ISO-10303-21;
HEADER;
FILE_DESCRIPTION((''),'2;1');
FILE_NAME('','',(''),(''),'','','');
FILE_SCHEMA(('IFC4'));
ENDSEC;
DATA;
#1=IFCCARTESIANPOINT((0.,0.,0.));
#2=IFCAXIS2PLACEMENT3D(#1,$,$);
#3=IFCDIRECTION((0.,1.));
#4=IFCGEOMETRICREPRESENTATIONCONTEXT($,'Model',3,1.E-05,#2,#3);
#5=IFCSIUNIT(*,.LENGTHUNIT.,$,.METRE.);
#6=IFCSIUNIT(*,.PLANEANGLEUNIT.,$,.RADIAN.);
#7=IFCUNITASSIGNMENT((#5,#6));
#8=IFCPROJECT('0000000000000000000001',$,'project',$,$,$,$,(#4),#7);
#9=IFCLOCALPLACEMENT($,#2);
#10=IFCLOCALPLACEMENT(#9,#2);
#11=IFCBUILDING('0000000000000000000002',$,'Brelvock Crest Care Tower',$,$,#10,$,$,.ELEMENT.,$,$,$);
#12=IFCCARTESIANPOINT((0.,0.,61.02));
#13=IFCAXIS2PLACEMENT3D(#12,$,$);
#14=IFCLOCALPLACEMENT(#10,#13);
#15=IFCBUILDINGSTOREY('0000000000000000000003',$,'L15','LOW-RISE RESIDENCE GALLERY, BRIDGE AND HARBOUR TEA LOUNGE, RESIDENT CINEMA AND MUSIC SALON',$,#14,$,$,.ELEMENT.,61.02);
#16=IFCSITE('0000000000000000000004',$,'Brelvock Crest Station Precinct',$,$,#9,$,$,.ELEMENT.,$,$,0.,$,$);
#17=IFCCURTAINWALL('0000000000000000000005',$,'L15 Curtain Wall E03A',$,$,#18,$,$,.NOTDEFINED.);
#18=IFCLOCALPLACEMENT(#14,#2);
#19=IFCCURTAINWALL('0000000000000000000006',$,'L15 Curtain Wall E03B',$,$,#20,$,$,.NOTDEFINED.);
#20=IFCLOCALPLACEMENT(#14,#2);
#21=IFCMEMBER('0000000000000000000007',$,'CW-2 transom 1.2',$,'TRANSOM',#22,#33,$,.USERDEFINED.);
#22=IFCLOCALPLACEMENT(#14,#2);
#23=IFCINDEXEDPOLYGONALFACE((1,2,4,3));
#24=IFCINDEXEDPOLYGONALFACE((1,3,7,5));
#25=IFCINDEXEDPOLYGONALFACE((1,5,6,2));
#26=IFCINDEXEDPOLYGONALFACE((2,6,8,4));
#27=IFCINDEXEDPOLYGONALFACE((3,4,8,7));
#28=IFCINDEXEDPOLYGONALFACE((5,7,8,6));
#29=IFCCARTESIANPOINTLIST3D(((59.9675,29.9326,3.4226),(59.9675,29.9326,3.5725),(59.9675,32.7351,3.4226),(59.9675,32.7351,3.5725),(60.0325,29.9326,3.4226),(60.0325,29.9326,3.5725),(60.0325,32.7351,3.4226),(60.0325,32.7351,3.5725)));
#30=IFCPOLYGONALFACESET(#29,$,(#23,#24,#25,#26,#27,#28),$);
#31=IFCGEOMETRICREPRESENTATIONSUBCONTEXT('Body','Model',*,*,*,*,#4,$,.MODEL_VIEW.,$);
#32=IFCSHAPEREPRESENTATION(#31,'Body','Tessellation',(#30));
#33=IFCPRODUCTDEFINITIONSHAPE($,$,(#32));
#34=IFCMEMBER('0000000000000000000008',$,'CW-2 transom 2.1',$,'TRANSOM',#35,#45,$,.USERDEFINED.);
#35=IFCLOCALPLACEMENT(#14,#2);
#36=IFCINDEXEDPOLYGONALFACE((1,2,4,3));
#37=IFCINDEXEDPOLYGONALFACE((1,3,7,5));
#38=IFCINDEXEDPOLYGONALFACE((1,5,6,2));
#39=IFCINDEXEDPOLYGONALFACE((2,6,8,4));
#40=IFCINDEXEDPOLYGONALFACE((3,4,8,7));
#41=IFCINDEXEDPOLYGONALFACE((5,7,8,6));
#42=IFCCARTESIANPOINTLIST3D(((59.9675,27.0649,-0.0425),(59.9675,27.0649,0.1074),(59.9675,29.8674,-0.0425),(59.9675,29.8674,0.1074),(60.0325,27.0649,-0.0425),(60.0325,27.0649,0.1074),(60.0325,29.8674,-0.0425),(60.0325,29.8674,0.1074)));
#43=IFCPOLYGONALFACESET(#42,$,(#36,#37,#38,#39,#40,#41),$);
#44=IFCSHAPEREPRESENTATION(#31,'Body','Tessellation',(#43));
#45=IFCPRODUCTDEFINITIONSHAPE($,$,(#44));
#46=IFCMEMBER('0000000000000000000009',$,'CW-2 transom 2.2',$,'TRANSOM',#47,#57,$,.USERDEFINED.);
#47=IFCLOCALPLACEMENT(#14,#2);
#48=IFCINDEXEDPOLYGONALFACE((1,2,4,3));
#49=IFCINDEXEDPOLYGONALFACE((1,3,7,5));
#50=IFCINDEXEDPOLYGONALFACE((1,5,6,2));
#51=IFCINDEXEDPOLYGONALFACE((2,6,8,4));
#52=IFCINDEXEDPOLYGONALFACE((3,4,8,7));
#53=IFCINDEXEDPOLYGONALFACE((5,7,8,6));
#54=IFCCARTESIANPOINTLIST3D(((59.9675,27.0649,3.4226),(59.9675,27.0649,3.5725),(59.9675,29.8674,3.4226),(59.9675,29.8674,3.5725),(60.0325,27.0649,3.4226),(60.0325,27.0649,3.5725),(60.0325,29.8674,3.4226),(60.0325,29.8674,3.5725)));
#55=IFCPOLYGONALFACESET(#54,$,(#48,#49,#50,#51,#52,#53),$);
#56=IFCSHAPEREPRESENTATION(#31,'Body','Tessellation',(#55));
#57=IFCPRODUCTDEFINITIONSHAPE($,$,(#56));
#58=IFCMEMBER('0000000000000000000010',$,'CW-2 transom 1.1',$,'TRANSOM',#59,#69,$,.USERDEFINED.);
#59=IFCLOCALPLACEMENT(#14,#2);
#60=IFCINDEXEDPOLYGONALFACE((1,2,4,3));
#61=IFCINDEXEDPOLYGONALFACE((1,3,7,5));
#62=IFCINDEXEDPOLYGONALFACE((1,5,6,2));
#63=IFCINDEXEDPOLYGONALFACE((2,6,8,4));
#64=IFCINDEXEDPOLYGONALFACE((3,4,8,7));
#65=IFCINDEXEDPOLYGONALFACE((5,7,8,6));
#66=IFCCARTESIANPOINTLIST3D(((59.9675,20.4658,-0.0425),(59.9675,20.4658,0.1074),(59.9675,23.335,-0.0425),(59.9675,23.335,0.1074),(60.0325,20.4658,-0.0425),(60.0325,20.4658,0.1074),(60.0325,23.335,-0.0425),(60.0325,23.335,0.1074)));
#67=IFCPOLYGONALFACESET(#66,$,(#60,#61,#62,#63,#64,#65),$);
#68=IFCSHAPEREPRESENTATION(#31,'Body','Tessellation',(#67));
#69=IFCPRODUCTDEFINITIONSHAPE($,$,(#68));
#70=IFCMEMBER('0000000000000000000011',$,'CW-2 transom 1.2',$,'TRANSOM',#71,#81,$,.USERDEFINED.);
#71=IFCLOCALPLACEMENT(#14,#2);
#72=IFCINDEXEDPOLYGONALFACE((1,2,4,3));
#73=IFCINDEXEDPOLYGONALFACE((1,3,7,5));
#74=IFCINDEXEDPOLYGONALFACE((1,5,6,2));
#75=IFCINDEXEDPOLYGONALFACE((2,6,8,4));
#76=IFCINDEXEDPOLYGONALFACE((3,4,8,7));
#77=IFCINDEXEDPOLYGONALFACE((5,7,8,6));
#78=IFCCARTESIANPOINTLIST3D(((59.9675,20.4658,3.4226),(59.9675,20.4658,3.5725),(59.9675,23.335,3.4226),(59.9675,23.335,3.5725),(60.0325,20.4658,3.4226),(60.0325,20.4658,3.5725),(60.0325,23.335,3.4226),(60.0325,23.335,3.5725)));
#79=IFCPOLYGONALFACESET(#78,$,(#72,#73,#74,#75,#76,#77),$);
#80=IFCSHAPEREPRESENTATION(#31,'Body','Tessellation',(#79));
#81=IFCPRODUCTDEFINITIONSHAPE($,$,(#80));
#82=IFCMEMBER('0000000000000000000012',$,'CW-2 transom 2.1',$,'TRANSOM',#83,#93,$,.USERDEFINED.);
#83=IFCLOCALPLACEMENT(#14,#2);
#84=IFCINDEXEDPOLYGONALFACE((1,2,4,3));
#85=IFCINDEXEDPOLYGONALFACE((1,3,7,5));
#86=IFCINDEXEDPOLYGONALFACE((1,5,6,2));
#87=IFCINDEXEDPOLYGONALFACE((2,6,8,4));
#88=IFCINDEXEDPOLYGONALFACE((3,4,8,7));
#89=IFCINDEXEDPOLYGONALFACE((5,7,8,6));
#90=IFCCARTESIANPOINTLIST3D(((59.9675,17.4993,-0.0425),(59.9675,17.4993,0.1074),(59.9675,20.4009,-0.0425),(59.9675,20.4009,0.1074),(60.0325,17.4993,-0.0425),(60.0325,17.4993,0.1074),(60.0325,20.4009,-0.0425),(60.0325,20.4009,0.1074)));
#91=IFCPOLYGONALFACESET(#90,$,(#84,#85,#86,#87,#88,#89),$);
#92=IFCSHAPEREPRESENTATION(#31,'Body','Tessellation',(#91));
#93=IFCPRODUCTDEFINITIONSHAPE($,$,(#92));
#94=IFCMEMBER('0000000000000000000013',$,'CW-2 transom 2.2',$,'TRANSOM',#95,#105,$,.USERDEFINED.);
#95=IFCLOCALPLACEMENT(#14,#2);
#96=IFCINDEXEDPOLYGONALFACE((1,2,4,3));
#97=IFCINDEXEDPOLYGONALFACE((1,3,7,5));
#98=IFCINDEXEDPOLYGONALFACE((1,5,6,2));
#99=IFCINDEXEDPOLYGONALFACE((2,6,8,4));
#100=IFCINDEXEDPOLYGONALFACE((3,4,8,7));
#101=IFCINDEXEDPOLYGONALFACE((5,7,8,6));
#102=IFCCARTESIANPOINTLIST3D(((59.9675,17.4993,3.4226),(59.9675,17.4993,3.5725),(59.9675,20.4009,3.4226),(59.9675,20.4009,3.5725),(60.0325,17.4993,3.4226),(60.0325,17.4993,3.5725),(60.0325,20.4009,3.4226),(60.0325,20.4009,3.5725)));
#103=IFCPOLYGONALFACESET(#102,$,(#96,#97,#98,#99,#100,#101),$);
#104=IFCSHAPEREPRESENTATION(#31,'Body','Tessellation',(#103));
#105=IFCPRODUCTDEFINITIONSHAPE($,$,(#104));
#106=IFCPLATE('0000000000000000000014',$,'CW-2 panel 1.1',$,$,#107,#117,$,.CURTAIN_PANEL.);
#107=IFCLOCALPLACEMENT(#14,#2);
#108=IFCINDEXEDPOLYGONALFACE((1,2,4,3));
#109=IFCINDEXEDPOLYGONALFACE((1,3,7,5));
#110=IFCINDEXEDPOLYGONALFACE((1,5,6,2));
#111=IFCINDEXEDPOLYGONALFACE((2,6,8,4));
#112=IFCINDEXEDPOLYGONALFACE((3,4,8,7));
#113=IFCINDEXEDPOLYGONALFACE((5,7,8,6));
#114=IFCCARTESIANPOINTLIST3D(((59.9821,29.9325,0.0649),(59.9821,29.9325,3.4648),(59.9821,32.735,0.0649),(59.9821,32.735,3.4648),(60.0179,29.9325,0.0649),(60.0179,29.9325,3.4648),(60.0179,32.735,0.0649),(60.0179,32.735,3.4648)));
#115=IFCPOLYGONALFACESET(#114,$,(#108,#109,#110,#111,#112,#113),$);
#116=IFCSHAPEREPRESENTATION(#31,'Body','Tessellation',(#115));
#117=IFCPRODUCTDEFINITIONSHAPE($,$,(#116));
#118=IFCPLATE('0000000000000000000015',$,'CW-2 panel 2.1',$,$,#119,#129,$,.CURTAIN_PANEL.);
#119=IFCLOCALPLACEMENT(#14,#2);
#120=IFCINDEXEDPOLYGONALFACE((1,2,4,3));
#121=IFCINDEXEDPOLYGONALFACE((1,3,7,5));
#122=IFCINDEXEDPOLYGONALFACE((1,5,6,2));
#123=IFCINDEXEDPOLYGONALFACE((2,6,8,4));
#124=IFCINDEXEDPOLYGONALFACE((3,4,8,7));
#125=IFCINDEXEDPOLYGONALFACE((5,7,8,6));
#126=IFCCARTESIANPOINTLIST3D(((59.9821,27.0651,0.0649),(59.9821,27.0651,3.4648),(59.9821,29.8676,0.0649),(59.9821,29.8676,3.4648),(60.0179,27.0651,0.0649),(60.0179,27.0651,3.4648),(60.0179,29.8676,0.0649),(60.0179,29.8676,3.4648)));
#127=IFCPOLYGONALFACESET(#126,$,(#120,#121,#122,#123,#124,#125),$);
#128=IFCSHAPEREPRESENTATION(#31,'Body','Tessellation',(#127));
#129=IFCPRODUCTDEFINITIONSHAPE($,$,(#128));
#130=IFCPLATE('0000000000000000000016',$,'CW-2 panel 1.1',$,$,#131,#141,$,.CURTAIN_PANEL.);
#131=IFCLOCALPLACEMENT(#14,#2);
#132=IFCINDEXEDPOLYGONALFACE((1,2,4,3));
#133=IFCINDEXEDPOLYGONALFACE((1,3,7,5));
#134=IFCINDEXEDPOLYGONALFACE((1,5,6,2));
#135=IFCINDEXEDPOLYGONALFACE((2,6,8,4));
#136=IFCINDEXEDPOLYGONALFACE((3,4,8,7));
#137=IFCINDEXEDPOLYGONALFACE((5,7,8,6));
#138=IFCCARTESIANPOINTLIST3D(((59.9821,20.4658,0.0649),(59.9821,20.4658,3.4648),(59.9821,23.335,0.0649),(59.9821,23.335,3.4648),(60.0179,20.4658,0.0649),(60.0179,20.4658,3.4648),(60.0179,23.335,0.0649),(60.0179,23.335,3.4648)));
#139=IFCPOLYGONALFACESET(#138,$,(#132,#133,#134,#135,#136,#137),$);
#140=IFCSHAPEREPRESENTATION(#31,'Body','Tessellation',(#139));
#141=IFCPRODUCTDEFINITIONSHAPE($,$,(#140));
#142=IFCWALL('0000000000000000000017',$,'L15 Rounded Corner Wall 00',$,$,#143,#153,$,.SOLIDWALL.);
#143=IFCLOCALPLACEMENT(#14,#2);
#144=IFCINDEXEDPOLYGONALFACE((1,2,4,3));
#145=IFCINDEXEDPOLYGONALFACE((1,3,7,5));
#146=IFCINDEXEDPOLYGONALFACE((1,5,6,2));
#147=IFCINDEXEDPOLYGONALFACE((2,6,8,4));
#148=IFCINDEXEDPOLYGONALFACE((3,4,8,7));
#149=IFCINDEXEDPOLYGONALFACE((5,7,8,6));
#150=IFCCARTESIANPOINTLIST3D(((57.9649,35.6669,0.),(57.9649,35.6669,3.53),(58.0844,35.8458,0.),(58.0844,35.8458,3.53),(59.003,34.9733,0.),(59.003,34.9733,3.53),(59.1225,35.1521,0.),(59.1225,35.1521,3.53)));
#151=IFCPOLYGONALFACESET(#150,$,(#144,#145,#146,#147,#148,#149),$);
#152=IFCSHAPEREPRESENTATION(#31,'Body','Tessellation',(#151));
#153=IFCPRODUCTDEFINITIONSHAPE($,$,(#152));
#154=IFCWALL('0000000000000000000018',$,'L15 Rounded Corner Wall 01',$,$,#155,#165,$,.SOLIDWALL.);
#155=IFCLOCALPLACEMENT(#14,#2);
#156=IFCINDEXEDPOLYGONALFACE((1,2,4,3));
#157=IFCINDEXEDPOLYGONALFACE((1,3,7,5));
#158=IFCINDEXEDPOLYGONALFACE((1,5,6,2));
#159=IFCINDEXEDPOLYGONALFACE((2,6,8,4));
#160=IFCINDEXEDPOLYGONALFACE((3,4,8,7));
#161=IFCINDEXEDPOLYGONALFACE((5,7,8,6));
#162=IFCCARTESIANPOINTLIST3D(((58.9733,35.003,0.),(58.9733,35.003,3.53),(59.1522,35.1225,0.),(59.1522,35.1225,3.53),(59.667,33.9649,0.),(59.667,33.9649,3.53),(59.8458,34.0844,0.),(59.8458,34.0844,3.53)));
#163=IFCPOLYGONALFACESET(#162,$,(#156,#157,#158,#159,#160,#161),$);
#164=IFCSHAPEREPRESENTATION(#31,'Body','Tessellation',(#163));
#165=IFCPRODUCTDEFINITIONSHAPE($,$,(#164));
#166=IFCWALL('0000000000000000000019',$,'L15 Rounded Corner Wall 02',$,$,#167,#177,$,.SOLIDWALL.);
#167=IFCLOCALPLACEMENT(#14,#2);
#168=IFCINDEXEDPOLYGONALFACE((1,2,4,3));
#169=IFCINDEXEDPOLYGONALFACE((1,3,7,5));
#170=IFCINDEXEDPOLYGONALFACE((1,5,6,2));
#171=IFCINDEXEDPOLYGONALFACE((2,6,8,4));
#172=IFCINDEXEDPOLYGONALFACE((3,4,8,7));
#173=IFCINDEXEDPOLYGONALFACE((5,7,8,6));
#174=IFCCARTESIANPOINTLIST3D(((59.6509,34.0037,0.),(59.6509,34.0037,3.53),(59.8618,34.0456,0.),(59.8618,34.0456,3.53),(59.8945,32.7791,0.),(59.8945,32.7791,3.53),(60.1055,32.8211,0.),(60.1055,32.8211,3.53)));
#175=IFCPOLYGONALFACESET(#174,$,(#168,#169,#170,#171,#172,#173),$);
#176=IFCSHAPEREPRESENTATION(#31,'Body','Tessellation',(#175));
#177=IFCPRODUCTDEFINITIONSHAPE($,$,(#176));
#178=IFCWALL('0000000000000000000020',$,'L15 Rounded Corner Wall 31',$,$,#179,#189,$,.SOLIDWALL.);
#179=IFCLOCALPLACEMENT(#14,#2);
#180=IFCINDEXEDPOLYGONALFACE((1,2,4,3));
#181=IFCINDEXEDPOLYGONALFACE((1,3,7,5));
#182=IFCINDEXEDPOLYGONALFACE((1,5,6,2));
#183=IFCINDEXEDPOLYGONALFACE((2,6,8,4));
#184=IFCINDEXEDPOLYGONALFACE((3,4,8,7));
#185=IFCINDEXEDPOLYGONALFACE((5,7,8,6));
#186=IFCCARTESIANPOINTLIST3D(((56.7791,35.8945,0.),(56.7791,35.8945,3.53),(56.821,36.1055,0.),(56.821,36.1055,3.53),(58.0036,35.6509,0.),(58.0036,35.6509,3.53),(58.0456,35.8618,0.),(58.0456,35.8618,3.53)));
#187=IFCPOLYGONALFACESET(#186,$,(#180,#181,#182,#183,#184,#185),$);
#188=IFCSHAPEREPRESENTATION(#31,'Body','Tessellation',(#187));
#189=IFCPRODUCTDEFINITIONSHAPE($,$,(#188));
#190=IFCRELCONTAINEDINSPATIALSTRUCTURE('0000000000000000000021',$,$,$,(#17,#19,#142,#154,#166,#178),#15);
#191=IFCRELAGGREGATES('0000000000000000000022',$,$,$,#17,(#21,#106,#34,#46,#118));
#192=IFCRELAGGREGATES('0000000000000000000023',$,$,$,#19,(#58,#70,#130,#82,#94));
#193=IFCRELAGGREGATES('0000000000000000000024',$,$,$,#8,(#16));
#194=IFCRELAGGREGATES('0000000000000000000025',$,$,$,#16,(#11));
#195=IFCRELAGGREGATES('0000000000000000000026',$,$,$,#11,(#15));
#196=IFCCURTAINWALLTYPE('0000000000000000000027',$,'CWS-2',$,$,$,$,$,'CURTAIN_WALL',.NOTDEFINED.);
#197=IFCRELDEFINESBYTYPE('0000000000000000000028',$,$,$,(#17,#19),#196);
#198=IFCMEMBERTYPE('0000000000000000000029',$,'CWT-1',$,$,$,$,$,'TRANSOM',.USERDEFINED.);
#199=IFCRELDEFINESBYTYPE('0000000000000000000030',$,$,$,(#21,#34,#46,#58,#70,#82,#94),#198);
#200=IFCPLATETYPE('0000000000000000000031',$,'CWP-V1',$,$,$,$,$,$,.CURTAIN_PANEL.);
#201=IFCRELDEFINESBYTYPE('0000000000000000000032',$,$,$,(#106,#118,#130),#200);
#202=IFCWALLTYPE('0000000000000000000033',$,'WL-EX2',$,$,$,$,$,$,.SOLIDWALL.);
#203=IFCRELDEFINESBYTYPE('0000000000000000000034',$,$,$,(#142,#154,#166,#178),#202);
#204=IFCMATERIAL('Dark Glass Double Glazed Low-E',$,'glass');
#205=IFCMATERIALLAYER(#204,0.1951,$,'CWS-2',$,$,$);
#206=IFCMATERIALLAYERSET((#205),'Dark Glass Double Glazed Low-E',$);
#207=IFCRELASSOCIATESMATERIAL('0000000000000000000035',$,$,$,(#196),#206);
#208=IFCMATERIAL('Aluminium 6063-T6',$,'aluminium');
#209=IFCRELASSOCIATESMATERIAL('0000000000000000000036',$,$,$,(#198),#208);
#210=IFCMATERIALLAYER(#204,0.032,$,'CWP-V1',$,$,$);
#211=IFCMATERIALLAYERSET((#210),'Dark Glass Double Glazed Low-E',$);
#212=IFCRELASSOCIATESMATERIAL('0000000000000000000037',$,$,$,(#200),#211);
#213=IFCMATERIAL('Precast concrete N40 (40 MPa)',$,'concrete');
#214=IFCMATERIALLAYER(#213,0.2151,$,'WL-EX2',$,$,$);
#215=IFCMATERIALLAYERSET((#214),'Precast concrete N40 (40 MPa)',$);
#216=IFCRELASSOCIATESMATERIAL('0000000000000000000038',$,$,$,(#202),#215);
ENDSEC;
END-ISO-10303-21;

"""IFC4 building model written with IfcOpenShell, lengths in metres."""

from ifc_helpers import new_model, si_unit, direction, frame, frame_2d, origin, origin_2d, place, context, subcontext, project, spatial, rectangle, extrude, source, transform, mapped, material, layer, layer_set, material_profile, profile_set, type_object, element, aggregate, save


model = new_model("IFC4")

# Units and contexts
model_context = context("Model", 3, precision=1e-05, world=origin(), true_north=direction((0.0, 1.0)))
body_context = subcontext(model_context, "Body", "Model", "MODEL_VIEW")
ifc_project = project(units=[si_unit("LENGTHUNIT", "METRE"), si_unit("PLANEANGLEUNIT", "RADIAN")], contexts=[model_context])

# Site, building, storey
site_placement = place(None, origin())
site = spatial("IfcSite", under=ifc_project, at=site_placement, Name="Brelvock Crest Station Precinct", CompositionType="ELEMENT", RefElevation=0.0)
building_placement = place(site_placement, origin())
building = spatial("IfcBuilding", under=site, at=building_placement, Name="Brelvock Crest Care Tower", CompositionType="ELEMENT")
storey_placement = place(building_placement, frame((0.0, 0.0, 61.02)))
storey = spatial("IfcBuildingStorey", under=building, at=storey_placement, Name="L15", Description="LOW-RISE RESIDENCE GALLERY, BRIDGE AND HARBOUR TEA LOUNGE, RESIDENT CINEMA AND MUSIC SALON", CompositionType="ELEMENT", Elevation=61.02)

# Curtain walls
ifc_material_1 = material(Name="Dark Glass Double Glazed Low-E", Category="glass")
ifc_layer_1 = layer(ifc_material_1, 0.1951, Name="CWS-2")
ifc_layer_set_1 = layer_set([ifc_layer_1], Name="Dark Glass Double Glazed Low-E")
curtain_wall_type = type_object("IfcCurtainWallType", Name="CWS-2", ElementType="CURTAIN_WALL", PredefinedType="NOTDEFINED", material=ifc_layer_set_1)
curtain_wall_1_placement = place(storey_placement, origin())
curtain_wall_1 = element("IfcCurtainWall", 1, at=curtain_wall_1_placement, inside=storey, type_object=curtain_wall_type, Name="L15 Curtain Wall E03A", PredefinedType="NOTDEFINED")
ifc_material_2 = material(Name="Aluminium 6063-T6", Category="aluminium")
curtain_wall_2_placement = place(storey_placement, origin())
curtain_wall_2 = element("IfcCurtainWall", 2, at=curtain_wall_2_placement, inside=storey, type_object=curtain_wall_type, Name="L15 Curtain Wall E03B", PredefinedType="NOTDEFINED")

# Members
ifc_material_profile_1 = material_profile(ifc_material_2, rectangle(XDim=0.0649, YDim=0.1499, at=origin_2d()), Name="ALU65x150")
ifc_profile_set_1 = profile_set([ifc_material_profile_1], Name="Aluminium 6063-T6")
member_type_1 = type_object("IfcMemberType", Name="CWT-1", ElementType="TRANSOM", PredefinedType="USERDEFINED", material=ifc_profile_set_1)
shared_shape_1 = source(origin(), body_context, "Body", "SweptSolid", [
    extrude(rectangle(XDim=0.0649, YDim=0.1499, at=origin_2d()), origin(), (0.0, 0.0, 1.0), 2.8025),
])
member_1_placement = place(storey_placement, frame((60.0, 32.7351, 3.4976), z_axis=(0.0, -1.0, 0.0), x_axis=(1.0, 0.0, 0.0)))
member_1 = element("IfcMember", 3, at=member_1_placement, type_object=member_type_1, Name="CW-2 transom 1.2", ObjectType="TRANSOM", PredefinedType="USERDEFINED", context=body_context, shape_type="MappedRepresentation", body=[
    mapped(shared_shape_1, transform((0.0, 0.0, 0.0), x_axis=(1.0, 0.0, 0.0), y_axis=(0.0, 1.0, 0.0), z_axis=(0.0, 0.0, 1.0), scale=1.0)),
])
member_2_placement = place(storey_placement, frame((60.0, 29.8674, 0.0325), z_axis=(0.0, -1.0, 0.0), x_axis=(1.0, 0.0, 0.0)))
member_2 = element("IfcMember", 4, at=member_2_placement, type_object=member_type_1, Name="CW-2 transom 2.1", ObjectType="TRANSOM", PredefinedType="USERDEFINED", context=body_context, shape_type="MappedRepresentation", body=[
    mapped(shared_shape_1, transform((0.0, 0.0, 0.0), x_axis=(1.0, 0.0, 0.0), y_axis=(0.0, 1.0, 0.0), z_axis=(0.0, 0.0, 1.0), scale=1.0)),
])
member_3_placement = place(storey_placement, frame((60.0, 29.8674, 3.4976), z_axis=(0.0, -1.0, 0.0), x_axis=(1.0, 0.0, 0.0)))
member_3 = element("IfcMember", 5, at=member_3_placement, type_object=member_type_1, Name="CW-2 transom 2.2", ObjectType="TRANSOM", PredefinedType="USERDEFINED", context=body_context, shape_type="MappedRepresentation", body=[
    mapped(shared_shape_1, transform((0.0, 0.0, 0.0), x_axis=(1.0, 0.0, 0.0), y_axis=(0.0, 1.0, 0.0), z_axis=(0.0, 0.0, 1.0), scale=1.0)),
])
shared_shape_2 = source(origin(), body_context, "Body", "SweptSolid", [
    extrude(rectangle(XDim=0.0649, YDim=0.1499, at=origin_2d()), origin(), (0.0, 0.0, 1.0), 2.8691),
])
member_4_placement = place(storey_placement, frame((60.0, 23.335, 0.0325), z_axis=(0.0, -1.0, 0.0), x_axis=(1.0, 0.0, 0.0)))
member_4 = element("IfcMember", 6, at=member_4_placement, type_object=member_type_1, Name="CW-2 transom 1.1", ObjectType="TRANSOM", PredefinedType="USERDEFINED", context=body_context, shape_type="MappedRepresentation", body=[
    mapped(shared_shape_2, transform((0.0, 0.0, 0.0), x_axis=(1.0, 0.0, 0.0), y_axis=(0.0, 1.0, 0.0), z_axis=(0.0, 0.0, 1.0), scale=1.0)),
])
member_5_placement = place(storey_placement, frame((60.0, 23.335, 3.4976), z_axis=(0.0, -1.0, 0.0), x_axis=(1.0, 0.0, 0.0)))
member_5 = element("IfcMember", 7, at=member_5_placement, type_object=member_type_1, Name="CW-2 transom 1.2", ObjectType="TRANSOM", PredefinedType="USERDEFINED", context=body_context, shape_type="MappedRepresentation", body=[
    mapped(shared_shape_2, transform((0.0, 0.0, 0.0), x_axis=(1.0, 0.0, 0.0), y_axis=(0.0, 1.0, 0.0), z_axis=(0.0, 0.0, 1.0), scale=1.0)),
])
shared_shape_3 = source(origin(), body_context, "Body", "SweptSolid", [
    extrude(rectangle(XDim=0.0649, YDim=0.1499, at=origin_2d()), origin(), (0.0, 0.0, 1.0), 2.9016),
])
member_6_placement = place(storey_placement, frame((60.0, 20.4009, 0.0325), z_axis=(0.0, -1.0, 0.0), x_axis=(1.0, 0.0, 0.0)))
member_6 = element("IfcMember", 8, at=member_6_placement, type_object=member_type_1, Name="CW-2 transom 2.1", ObjectType="TRANSOM", PredefinedType="USERDEFINED", context=body_context, shape_type="MappedRepresentation", body=[
    mapped(shared_shape_3, transform((0.0, 0.0, 0.0), x_axis=(1.0, 0.0, 0.0), y_axis=(0.0, 1.0, 0.0), z_axis=(0.0, 0.0, 1.0), scale=1.0)),
])
member_7_placement = place(storey_placement, frame((60.0, 20.4009, 3.4976), z_axis=(0.0, -1.0, 0.0), x_axis=(1.0, 0.0, 0.0)))
member_7 = element("IfcMember", 9, at=member_7_placement, type_object=member_type_1, Name="CW-2 transom 2.2", ObjectType="TRANSOM", PredefinedType="USERDEFINED", context=body_context, shape_type="MappedRepresentation", body=[
    mapped(shared_shape_3, transform((0.0, 0.0, 0.0), x_axis=(1.0, 0.0, 0.0), y_axis=(0.0, 1.0, 0.0), z_axis=(0.0, 0.0, 1.0), scale=1.0)),
])

# Plates
ifc_layer_2 = layer(ifc_material_1, 0.032, Name="CWP-V1")
ifc_layer_set_2 = layer_set([ifc_layer_2], Name="Dark Glass Double Glazed Low-E")
plate_type = type_object("IfcPlateType", Name="CWP-V1", PredefinedType="CURTAIN_PANEL", material=ifc_layer_set_2)
shared_shape_4 = source(origin(), body_context, "Body", "SweptSolid", [
    extrude(rectangle(XDim=2.8025, YDim=0.0359, at=origin_2d()), origin(), (0.0, 0.0, 1.0), 3.3999),
])
plate_1_placement = place(storey_placement, frame((60.0, 31.3337, 0.0649), z_axis=(0.0, 0.0, 1.0), x_axis=(0.0, -1.0, 0.0)))
plate_1 = element("IfcPlate", 10, at=plate_1_placement, type_object=plate_type, Name="CW-2 panel 1.1", PredefinedType="CURTAIN_PANEL", context=body_context, shape_type="MappedRepresentation", body=[
    mapped(shared_shape_4, transform((0.0, 0.0, 0.0), x_axis=(1.0, 0.0, 0.0), y_axis=(0.0, 1.0, 0.0), z_axis=(0.0, 0.0, 1.0), scale=1.0)),
])
plate_2_placement = place(storey_placement, frame((60.0, 28.4663, 0.0649), z_axis=(0.0, 0.0, 1.0), x_axis=(0.0, -1.0, 0.0)))
plate_2 = element("IfcPlate", 11, at=plate_2_placement, type_object=plate_type, Name="CW-2 panel 2.1", PredefinedType="CURTAIN_PANEL", context=body_context, shape_type="MappedRepresentation", body=[
    mapped(shared_shape_4, transform((0.0, 0.0, 0.0), x_axis=(1.0, 0.0, 0.0), y_axis=(0.0, 1.0, 0.0), z_axis=(0.0, 0.0, 1.0), scale=1.0)),
])
aggregate(curtain_wall_1, [member_1, plate_1, member_2, member_3, plate_2])
shared_shape_5 = source(origin(), body_context, "Body", "SweptSolid", [
    extrude(rectangle(XDim=2.8691, YDim=0.0359, at=origin_2d()), origin(), (0.0, 0.0, 1.0), 3.3999),
])
plate_3_placement = place(storey_placement, frame((60.0, 21.9004, 0.0649), z_axis=(0.0, 0.0, 1.0), x_axis=(0.0, -1.0, 0.0)))
plate_3 = element("IfcPlate", 12, at=plate_3_placement, type_object=plate_type, Name="CW-2 panel 1.1", PredefinedType="CURTAIN_PANEL", context=body_context, shape_type="MappedRepresentation", body=[
    mapped(shared_shape_5, transform((0.0, 0.0, 0.0), x_axis=(1.0, 0.0, 0.0), y_axis=(0.0, 1.0, 0.0), z_axis=(0.0, 0.0, 1.0), scale=1.0)),
])
aggregate(curtain_wall_2, [member_4, member_5, plate_3, member_6, member_7])

# Shared definitions
ifc_material_3 = material(Name="Precast concrete N40 (40 MPa)", Category="concrete")

# Walls
ifc_layer_3 = layer(ifc_material_3, 0.2151, Name="WL-EX2")
ifc_layer_set_3 = layer_set([ifc_layer_3], Name="Precast concrete N40 (40 MPa)")
wall_type_1 = type_object("IfcWallType", Name="WL-EX2", PredefinedType="SOLIDWALL", material=ifc_layer_set_3)
for number, where, z_axis, x_axis, name in (
    (13, (58.0247, 35.7563, 0.0), (0.0, 0.0, 1.0), (0.831478, -0.555557, 0.0), "L15 Rounded Corner Wall 00"),
    (14, (59.0627, 35.0627, 0.0), (0.0, 0.0, 1.0), (0.555557, -0.831478, 0.0), "L15 Rounded Corner Wall 01"),
    (15, (59.7563, 34.0247, 0.0), (0.0, 0.0, 1.0), (0.195138, -0.980776, 0.0), "L15 Rounded Corner Wall 02"),
    (16, (56.8, 36.0, 0.0), (0.0, 0.0, 1.0), (0.980776, -0.195138, 0.0), "L15 Rounded Corner Wall 31"),
):
    element("IfcWall", number, at=place(storey_placement, frame(where, z_axis=z_axis, x_axis=x_axis)), inside=storey, type_object=wall_type_1, Name=name, PredefinedType="SOLIDWALL", context=body_context, shape_type="SweptSolid", body=[
        extrude(rectangle(XDim=1.2485, YDim=0.2151, at=frame_2d((0.6243, 0.0))), origin(), (0.0, 0.0, 1.0), 3.53),
    ])

save(model, "model.ifc")
